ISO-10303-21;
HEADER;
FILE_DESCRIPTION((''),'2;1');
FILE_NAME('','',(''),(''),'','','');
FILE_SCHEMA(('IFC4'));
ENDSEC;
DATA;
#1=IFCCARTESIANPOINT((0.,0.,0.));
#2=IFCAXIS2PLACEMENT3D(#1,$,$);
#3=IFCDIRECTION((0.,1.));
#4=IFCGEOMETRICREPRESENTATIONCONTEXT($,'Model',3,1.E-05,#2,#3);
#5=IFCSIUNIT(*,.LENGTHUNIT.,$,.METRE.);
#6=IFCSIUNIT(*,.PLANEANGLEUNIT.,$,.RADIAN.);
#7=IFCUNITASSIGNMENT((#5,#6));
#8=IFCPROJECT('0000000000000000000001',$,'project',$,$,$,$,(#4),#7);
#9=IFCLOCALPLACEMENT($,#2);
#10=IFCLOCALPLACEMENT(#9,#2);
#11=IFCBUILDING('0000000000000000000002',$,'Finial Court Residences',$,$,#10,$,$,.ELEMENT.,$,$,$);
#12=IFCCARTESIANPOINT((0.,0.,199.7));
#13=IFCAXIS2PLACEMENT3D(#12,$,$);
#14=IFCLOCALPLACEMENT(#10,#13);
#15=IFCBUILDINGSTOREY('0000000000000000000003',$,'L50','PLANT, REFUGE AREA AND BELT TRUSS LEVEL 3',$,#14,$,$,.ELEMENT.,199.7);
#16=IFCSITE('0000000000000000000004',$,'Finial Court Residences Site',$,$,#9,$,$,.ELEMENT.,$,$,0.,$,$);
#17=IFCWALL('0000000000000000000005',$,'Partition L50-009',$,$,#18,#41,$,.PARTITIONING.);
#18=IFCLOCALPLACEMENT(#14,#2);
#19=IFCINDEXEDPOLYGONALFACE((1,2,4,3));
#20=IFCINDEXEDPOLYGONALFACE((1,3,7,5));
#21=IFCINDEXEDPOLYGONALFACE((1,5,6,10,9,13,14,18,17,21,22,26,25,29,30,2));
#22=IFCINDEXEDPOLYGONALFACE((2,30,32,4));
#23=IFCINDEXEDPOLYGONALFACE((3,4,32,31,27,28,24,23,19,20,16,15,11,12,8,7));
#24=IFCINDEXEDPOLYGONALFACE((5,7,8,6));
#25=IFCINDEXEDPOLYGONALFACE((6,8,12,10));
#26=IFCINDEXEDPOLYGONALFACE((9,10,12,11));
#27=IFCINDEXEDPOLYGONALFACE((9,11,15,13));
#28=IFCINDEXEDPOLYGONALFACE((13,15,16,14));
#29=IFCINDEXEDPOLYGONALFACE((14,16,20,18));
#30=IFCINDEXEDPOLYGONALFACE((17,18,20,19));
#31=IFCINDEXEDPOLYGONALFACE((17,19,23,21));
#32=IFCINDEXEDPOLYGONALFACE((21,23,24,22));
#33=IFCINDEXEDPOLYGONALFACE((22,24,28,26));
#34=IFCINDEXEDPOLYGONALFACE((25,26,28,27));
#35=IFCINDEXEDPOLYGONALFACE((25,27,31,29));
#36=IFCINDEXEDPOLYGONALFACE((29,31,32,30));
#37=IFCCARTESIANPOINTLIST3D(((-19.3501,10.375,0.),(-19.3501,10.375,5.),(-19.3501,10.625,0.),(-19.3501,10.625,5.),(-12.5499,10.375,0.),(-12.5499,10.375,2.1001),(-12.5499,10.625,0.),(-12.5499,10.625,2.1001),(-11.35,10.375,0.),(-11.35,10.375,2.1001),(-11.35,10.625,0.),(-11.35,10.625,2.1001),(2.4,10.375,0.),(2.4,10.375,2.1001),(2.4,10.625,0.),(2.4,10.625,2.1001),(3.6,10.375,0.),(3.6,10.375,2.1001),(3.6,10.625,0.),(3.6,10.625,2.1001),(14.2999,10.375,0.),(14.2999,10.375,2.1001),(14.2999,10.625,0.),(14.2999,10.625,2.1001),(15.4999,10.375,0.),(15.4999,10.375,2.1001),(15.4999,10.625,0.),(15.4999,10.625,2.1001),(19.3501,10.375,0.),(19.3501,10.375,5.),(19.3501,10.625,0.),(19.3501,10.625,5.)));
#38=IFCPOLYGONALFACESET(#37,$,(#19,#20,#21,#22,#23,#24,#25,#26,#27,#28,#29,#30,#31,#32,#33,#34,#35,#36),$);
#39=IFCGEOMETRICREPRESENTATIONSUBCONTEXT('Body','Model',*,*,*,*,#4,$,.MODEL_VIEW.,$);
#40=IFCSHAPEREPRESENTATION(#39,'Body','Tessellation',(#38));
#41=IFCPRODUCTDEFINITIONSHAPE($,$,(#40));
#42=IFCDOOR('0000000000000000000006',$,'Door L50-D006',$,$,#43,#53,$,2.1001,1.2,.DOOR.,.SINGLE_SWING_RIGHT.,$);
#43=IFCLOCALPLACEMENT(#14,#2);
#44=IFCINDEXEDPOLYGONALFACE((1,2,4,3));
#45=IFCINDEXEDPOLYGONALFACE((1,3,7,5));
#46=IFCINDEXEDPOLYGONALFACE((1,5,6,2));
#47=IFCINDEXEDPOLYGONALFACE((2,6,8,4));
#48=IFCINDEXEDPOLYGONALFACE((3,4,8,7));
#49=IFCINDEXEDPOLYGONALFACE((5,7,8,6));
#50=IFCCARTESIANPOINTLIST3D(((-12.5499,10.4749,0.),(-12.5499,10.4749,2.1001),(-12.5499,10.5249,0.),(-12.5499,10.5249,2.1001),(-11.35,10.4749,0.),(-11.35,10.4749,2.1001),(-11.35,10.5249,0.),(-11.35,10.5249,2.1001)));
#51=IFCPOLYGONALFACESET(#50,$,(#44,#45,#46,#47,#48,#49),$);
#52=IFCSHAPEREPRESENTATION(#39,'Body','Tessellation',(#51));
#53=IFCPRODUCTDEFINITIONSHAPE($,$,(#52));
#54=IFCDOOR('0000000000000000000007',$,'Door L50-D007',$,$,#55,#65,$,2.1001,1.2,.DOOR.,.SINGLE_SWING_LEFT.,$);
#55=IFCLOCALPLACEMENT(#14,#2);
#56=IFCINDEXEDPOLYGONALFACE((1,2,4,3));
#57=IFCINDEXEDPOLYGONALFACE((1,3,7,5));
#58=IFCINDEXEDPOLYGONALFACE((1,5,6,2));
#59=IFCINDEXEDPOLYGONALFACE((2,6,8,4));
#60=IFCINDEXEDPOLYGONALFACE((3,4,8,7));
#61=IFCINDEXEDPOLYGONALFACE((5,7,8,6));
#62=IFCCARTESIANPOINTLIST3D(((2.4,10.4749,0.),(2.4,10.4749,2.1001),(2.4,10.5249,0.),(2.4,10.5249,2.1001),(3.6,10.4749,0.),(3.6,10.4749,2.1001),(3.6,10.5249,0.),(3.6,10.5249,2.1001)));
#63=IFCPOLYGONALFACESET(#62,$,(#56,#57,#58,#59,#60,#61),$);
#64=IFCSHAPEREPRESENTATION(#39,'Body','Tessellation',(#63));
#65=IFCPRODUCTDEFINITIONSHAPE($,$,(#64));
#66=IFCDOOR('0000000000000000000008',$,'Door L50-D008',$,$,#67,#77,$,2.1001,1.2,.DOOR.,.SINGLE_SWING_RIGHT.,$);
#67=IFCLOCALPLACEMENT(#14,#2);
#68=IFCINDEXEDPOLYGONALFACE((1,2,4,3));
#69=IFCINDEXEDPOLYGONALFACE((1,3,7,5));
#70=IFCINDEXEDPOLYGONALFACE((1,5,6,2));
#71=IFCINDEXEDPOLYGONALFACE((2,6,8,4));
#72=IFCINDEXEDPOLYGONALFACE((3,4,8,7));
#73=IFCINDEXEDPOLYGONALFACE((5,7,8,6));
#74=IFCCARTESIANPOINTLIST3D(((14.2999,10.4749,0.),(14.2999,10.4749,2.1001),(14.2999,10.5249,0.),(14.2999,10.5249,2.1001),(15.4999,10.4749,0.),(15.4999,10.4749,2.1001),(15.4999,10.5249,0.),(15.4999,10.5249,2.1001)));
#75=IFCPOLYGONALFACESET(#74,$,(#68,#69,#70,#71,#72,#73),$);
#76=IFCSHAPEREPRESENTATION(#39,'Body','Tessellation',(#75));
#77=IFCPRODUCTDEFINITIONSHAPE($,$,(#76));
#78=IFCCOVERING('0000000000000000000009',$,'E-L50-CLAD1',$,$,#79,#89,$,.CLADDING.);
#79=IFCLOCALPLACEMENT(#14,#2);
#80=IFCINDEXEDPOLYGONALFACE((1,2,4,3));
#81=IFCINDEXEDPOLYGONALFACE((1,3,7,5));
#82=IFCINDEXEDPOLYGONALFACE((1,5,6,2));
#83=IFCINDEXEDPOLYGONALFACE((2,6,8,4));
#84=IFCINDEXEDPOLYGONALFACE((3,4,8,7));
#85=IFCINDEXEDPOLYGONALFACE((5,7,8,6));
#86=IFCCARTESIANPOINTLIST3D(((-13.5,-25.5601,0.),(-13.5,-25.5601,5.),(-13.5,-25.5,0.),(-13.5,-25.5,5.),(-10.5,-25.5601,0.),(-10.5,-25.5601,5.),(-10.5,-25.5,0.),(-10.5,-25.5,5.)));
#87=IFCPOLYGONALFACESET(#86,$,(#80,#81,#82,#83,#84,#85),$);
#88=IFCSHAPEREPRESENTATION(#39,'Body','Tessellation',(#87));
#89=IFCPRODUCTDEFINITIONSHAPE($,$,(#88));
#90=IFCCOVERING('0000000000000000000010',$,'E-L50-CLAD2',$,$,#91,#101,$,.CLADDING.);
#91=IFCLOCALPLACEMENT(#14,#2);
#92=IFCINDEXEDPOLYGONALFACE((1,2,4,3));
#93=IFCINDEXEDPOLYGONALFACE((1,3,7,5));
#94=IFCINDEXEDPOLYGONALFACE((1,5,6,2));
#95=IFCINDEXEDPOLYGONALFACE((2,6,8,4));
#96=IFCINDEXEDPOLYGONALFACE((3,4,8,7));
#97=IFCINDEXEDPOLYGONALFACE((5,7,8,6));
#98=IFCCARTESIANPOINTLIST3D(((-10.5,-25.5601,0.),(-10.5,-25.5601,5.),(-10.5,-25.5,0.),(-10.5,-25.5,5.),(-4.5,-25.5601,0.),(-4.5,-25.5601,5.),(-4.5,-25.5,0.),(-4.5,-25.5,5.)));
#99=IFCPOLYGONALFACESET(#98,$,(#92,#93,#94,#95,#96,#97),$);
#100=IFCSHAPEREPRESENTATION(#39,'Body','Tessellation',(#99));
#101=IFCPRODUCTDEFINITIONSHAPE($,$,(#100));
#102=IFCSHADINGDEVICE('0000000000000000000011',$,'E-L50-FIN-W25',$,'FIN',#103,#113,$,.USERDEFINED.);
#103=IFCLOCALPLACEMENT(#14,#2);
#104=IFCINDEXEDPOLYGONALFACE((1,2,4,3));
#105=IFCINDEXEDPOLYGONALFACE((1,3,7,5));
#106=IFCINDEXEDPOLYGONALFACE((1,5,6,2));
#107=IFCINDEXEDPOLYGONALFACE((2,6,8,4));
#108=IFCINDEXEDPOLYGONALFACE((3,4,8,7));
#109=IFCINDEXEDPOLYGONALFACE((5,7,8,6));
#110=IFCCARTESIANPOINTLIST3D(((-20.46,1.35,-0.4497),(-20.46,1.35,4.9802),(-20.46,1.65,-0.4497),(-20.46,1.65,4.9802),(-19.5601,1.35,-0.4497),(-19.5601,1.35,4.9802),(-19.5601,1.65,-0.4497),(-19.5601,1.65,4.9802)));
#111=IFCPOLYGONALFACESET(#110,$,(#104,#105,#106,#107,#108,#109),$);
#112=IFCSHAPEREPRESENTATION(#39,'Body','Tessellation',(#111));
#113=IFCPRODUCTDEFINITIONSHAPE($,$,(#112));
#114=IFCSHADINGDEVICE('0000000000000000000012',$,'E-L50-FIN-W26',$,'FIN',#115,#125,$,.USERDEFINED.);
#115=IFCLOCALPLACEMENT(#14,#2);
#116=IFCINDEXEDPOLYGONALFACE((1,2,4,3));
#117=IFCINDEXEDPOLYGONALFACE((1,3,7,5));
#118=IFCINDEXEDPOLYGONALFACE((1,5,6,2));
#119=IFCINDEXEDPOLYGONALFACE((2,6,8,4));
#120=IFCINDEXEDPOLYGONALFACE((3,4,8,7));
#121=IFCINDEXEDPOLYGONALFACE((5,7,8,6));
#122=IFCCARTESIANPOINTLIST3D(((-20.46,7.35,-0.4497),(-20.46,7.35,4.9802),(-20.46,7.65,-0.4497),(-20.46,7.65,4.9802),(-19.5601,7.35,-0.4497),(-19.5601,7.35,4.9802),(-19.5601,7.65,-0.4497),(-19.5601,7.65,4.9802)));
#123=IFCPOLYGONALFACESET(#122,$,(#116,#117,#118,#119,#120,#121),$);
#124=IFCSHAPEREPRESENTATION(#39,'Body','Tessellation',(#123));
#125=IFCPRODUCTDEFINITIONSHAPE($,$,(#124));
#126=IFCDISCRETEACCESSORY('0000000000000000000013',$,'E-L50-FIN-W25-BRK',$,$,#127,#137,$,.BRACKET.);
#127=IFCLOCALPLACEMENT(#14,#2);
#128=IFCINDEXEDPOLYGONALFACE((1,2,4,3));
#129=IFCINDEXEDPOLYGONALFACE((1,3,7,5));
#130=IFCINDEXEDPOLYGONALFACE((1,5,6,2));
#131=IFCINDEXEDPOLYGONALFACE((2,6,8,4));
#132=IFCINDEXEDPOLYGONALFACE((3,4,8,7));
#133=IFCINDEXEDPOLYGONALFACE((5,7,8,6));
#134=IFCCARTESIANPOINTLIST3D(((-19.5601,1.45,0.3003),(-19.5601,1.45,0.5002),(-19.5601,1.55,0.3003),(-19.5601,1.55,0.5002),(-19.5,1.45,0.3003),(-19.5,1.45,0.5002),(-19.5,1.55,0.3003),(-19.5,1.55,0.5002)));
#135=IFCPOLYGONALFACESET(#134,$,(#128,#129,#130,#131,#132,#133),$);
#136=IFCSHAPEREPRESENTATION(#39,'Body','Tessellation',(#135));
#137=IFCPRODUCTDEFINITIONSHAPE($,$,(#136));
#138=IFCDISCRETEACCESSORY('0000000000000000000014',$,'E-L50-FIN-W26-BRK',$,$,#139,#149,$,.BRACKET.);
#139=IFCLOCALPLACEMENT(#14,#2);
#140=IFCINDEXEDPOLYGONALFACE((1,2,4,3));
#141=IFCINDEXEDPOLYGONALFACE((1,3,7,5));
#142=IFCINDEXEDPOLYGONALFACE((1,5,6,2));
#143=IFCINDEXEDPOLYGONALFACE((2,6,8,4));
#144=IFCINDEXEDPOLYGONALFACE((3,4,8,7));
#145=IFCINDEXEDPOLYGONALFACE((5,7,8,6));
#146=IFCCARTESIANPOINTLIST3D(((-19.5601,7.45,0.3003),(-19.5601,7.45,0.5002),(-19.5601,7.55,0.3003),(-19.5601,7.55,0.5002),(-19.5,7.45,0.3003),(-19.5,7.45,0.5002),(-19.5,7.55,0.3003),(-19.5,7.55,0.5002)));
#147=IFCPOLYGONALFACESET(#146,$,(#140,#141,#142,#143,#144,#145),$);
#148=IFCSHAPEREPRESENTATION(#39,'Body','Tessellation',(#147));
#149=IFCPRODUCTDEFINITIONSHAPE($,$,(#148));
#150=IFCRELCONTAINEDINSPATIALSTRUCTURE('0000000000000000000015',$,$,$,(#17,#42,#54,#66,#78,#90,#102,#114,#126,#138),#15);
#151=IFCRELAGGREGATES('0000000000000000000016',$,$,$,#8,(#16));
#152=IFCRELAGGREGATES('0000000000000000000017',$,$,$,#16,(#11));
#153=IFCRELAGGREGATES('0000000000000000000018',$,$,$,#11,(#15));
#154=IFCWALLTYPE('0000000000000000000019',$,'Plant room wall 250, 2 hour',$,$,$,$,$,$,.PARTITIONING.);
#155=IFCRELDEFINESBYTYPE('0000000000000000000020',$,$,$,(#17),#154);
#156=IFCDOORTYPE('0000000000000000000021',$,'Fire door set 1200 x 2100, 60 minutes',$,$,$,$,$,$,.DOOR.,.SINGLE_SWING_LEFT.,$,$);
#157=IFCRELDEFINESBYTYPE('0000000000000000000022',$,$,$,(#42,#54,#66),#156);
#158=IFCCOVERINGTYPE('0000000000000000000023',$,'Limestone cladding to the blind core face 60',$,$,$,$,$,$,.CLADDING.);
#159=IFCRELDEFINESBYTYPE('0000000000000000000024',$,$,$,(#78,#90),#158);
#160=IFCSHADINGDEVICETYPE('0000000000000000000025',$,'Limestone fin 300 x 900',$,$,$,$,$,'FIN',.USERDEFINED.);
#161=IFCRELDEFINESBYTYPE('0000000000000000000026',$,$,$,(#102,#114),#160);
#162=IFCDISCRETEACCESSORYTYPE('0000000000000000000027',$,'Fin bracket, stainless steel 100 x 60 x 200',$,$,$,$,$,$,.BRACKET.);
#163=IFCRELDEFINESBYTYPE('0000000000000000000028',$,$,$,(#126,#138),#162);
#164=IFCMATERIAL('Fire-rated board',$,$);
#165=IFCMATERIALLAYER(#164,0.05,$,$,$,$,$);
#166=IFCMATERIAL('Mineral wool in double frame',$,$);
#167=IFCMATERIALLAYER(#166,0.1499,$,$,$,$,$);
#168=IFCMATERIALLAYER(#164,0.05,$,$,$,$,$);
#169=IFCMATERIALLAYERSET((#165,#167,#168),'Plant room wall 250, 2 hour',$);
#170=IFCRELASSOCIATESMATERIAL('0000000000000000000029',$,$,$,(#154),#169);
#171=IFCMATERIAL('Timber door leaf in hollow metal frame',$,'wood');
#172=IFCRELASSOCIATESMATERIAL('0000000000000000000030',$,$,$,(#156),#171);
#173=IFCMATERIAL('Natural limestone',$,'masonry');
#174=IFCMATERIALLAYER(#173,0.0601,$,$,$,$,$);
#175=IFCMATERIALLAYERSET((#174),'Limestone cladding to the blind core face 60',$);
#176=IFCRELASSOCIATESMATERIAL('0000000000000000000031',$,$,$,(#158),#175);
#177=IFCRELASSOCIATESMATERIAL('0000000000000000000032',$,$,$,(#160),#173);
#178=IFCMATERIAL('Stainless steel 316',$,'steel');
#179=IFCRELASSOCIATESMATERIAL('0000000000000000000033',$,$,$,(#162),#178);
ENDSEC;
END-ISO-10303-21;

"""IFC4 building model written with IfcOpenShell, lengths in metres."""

from ifc_helpers import new_model, si_unit, direction, frame, frame_2d, origin, origin_2d, place, context, subcontext, project, spatial, polyline, rectangle, outline, extrude, material, layer, layer_set, type_object, element, fill, save


model = new_model("IFC4")

# Units and contexts
model_context = context("Model", 3, precision=1e-05, world=origin(), true_north=direction((0.0, 1.0)))
body_context = subcontext(model_context, "Body", "Model", "MODEL_VIEW")
ifc_project = project(units=[si_unit("LENGTHUNIT", "METRE"), si_unit("PLANEANGLEUNIT", "RADIAN")], contexts=[model_context])

# Site, building, storey
site_placement = place(None, origin())
site = spatial("IfcSite", under=ifc_project, at=site_placement, Name="Finial Court Residences Site", CompositionType="ELEMENT", RefElevation=0.0)
building_placement = place(site_placement, origin())
building = spatial("IfcBuilding", under=site, at=building_placement, Name="Finial Court Residences", CompositionType="ELEMENT")
storey_placement = place(building_placement, frame((0.0, 0.0, 199.7)))
storey = spatial("IfcBuildingStorey", under=building, at=storey_placement, Name="L50", Description="PLANT, REFUGE AREA AND BELT TRUSS LEVEL 3", CompositionType="ELEMENT", Elevation=199.7)

# Shared definitions
ifc_material_1 = material(Name="Fire-rated board")
ifc_layer_1 = layer(ifc_material_1, 0.05)
ifc_material_2 = material(Name="Mineral wool in double frame")
ifc_layer_2 = layer(ifc_material_2, 0.1499)
ifc_layer_3 = layer(ifc_material_1, 0.05)
ifc_layer_set_1 = layer_set([ifc_layer_1, ifc_layer_2, ifc_layer_3], Name="Plant room wall 250, 2 hour")
wall_type = type_object("IfcWallType", Name="Plant room wall 250, 2 hour", PredefinedType="PARTITIONING", material=ifc_layer_set_1)

# Wall, openings, doors
wall_1_placement = place(storey_placement, frame((-19.3501, 10.5, 0.0), z_axis=(0.0, 0.0, 1.0), x_axis=(1.0, 0.0, 0.0)))
wall_1 = element("IfcWall", 1, at=wall_1_placement, inside=storey, type_object=wall_type, Name="Partition L50-009", PredefinedType="PARTITIONING", context=body_context, shape_type="SweptSolid", body=[
    extrude(rectangle(XDim=38.7002, YDim=0.25, at=frame_2d((19.3501, 0.0))), origin(), (0.0, 0.0, 1.0), 5.0),
])
opening_1_placement = place(wall_1_placement, frame((6.8, 0.0, 0.0)))
opening_1 = element("IfcOpeningElement", 2, at=opening_1_placement, cuts=wall_1, PredefinedType="OPENING", context=body_context, shape_type="SweptSolid", body=[
    extrude(rectangle(XDim=1.2, YDim=2.1001, at=frame_2d((0.6001, 1.05))), frame((0.0, 0.135, 0.0), z_axis=(0.0, -1.0, 0.0), x_axis=(1.0, 0.0, 0.0)), (0.0, 0.0, 1.0), 0.27),
])
opening_2_placement = place(wall_1_placement, frame((21.75, 0.0, 0.0)))
opening_2 = element("IfcOpeningElement", 3, at=opening_2_placement, cuts=wall_1, PredefinedType="OPENING", context=body_context, shape_type="SweptSolid", body=[
    extrude(rectangle(XDim=1.2, YDim=2.1001, at=frame_2d((0.6001, 1.05))), frame((0.0, 0.135, 0.0), z_axis=(0.0, -1.0, 0.0), x_axis=(1.0, 0.0, 0.0)), (0.0, 0.0, 1.0), 0.27),
])
opening_3_placement = place(wall_1_placement, frame((33.6499, 0.0, 0.0)))
opening_3 = element("IfcOpeningElement", 4, at=opening_3_placement, cuts=wall_1, PredefinedType="OPENING", context=body_context, shape_type="SweptSolid", body=[
    extrude(rectangle(XDim=1.2, YDim=2.1001, at=frame_2d((0.6001, 1.05))), frame((0.0, 0.135, 0.0), z_axis=(0.0, -1.0, 0.0), x_axis=(1.0, 0.0, 0.0)), (0.0, 0.0, 1.0), 0.27),
])
ifc_material_3 = material(Name="Timber door leaf in hollow metal frame", Category="wood")
door_type = type_object("IfcDoorType", Name="Fire door set 1200 x 2100, 60 minutes", OperationType="SINGLE_SWING_LEFT", PredefinedType="DOOR", material=ifc_material_3)
door_1_placement = place(opening_1_placement, origin())
door_1 = element("IfcDoor", 5, at=door_1_placement, inside=storey, type_object=door_type, Name="Door L50-D006", OperationType="SINGLE_SWING_RIGHT", OverallHeight=2.1001, OverallWidth=1.2, PredefinedType="DOOR", context=body_context, shape_type="SweptSolid", body=[
    extrude(rectangle(XDim=1.2, YDim=2.1001, at=frame_2d((0.6001, 1.05))), frame((0.0, 0.0249, 0.0), z_axis=(0.0, -1.0, 0.0), x_axis=(1.0, 0.0, 0.0)), (0.0, 0.0, 1.0), 0.05),
])
fill(opening_1, door_1)
door_2_placement = place(opening_2_placement, origin())
door_2 = element("IfcDoor", 6, at=door_2_placement, inside=storey, type_object=door_type, Name="Door L50-D007", OperationType="SINGLE_SWING_LEFT", OverallHeight=2.1001, OverallWidth=1.2, PredefinedType="DOOR", context=body_context, shape_type="SweptSolid", body=[
    extrude(rectangle(XDim=1.2, YDim=2.1001, at=frame_2d((0.6001, 1.05))), frame((0.0, 0.0249, 0.0), z_axis=(0.0, -1.0, 0.0), x_axis=(1.0, 0.0, 0.0)), (0.0, 0.0, 1.0), 0.05),
])
fill(opening_2, door_2)
door_3_placement = place(opening_3_placement, origin())
door_3 = element("IfcDoor", 7, at=door_3_placement, inside=storey, type_object=door_type, Name="Door L50-D008", OperationType="SINGLE_SWING_RIGHT", OverallHeight=2.1001, OverallWidth=1.2, PredefinedType="DOOR", context=body_context, shape_type="SweptSolid", body=[
    extrude(rectangle(XDim=1.2, YDim=2.1001, at=frame_2d((0.6001, 1.05))), frame((0.0, 0.0249, 0.0), z_axis=(0.0, -1.0, 0.0), x_axis=(1.0, 0.0, 0.0)), (0.0, 0.0, 1.0), 0.05),
])
fill(opening_3, door_3)

# Coverings
ifc_material_4 = material(Name="Natural limestone", Category="masonry")
ifc_layer_4 = layer(ifc_material_4, 0.0601)
ifc_layer_set_2 = layer_set([ifc_layer_4], Name="Limestone cladding to the blind core face 60")
covering_type = type_object("IfcCoveringType", Name="Limestone cladding to the blind core face 60", PredefinedType="CLADDING", material=ifc_layer_set_2)
covering_1_placement = place(storey_placement, origin())
element("IfcCovering", 8, at=covering_1_placement, inside=storey, type_object=covering_type, Name="E-L50-CLAD1", PredefinedType="CLADDING", context=body_context, shape_type="SweptSolid", body=[
    extrude(outline(polyline([(-10.5, -25.5601), (-10.5, -25.5), (-13.5, -25.5), (-13.5, -25.5601), (-10.5, -25.5601)])), origin(), (0.0, 0.0, 1.0), 5.0),
])
covering_2_placement = place(storey_placement, origin())
element("IfcCovering", 9, at=covering_2_placement, inside=storey, type_object=covering_type, Name="E-L50-CLAD2", PredefinedType="CLADDING", context=body_context, shape_type="SweptSolid", body=[
    extrude(outline(polyline([(-4.5, -25.5601), (-4.5, -25.5), (-10.5, -25.5), (-10.5, -25.5601), (-4.5, -25.5601)])), origin(), (0.0, 0.0, 1.0), 5.0),
])

# Shading devices
shading_device_type = type_object("IfcShadingDeviceType", Name="Limestone fin 300 x 900", ElementType="FIN", PredefinedType="USERDEFINED", material=ifc_material_4)
for number, where, z_axis, x_axis, name in (
    (10, (-20.01, 1.5, -0.4497), (0.0, 0.0, 1.0), (1.0, 0.0, 0.0), "E-L50-FIN-W25"),
    (11, (-20.01, 7.5, -0.4497), (0.0, 0.0, 1.0), (1.0, 0.0, 0.0), "E-L50-FIN-W26"),
):
    element("IfcShadingDevice", number, at=place(storey_placement, frame(where, z_axis=z_axis, x_axis=x_axis)), inside=storey, type_object=shading_device_type, Name=name, ObjectType="FIN", PredefinedType="USERDEFINED", context=body_context, shape_type="SweptSolid", body=[
        extrude(rectangle(XDim=0.8999, YDim=0.3, at=origin_2d()), origin(), (0.0, 0.0, 1.0), 5.4299),
    ])

# Discrete accessories
ifc_material_5 = material(Name="Stainless steel 316", Category="steel")
discrete_accessory_type = type_object("IfcDiscreteAccessoryType", Name="Fin bracket, stainless steel 100 x 60 x 200", PredefinedType="BRACKET", material=ifc_material_5)
for number, where, z_axis, x_axis, name in (
    (12, (-19.53, 1.5, 0.3003), (0.0, 0.0, 1.0), (1.0, 0.0, 0.0), "E-L50-FIN-W25-BRK"),
    (13, (-19.53, 7.5, 0.3003), (0.0, 0.0, 1.0), (1.0, 0.0, 0.0), "E-L50-FIN-W26-BRK"),
):
    element("IfcDiscreteAccessory", number, at=place(storey_placement, frame(where, z_axis=z_axis, x_axis=x_axis)), inside=storey, type_object=discrete_accessory_type, Name=name, PredefinedType="BRACKET", context=body_context, shape_type="SweptSolid", body=[
        extrude(rectangle(XDim=0.0601, YDim=0.1001, at=origin_2d()), origin(), (0.0, 0.0, 1.0), 0.2),
    ])

save(model, "model.ifc")
